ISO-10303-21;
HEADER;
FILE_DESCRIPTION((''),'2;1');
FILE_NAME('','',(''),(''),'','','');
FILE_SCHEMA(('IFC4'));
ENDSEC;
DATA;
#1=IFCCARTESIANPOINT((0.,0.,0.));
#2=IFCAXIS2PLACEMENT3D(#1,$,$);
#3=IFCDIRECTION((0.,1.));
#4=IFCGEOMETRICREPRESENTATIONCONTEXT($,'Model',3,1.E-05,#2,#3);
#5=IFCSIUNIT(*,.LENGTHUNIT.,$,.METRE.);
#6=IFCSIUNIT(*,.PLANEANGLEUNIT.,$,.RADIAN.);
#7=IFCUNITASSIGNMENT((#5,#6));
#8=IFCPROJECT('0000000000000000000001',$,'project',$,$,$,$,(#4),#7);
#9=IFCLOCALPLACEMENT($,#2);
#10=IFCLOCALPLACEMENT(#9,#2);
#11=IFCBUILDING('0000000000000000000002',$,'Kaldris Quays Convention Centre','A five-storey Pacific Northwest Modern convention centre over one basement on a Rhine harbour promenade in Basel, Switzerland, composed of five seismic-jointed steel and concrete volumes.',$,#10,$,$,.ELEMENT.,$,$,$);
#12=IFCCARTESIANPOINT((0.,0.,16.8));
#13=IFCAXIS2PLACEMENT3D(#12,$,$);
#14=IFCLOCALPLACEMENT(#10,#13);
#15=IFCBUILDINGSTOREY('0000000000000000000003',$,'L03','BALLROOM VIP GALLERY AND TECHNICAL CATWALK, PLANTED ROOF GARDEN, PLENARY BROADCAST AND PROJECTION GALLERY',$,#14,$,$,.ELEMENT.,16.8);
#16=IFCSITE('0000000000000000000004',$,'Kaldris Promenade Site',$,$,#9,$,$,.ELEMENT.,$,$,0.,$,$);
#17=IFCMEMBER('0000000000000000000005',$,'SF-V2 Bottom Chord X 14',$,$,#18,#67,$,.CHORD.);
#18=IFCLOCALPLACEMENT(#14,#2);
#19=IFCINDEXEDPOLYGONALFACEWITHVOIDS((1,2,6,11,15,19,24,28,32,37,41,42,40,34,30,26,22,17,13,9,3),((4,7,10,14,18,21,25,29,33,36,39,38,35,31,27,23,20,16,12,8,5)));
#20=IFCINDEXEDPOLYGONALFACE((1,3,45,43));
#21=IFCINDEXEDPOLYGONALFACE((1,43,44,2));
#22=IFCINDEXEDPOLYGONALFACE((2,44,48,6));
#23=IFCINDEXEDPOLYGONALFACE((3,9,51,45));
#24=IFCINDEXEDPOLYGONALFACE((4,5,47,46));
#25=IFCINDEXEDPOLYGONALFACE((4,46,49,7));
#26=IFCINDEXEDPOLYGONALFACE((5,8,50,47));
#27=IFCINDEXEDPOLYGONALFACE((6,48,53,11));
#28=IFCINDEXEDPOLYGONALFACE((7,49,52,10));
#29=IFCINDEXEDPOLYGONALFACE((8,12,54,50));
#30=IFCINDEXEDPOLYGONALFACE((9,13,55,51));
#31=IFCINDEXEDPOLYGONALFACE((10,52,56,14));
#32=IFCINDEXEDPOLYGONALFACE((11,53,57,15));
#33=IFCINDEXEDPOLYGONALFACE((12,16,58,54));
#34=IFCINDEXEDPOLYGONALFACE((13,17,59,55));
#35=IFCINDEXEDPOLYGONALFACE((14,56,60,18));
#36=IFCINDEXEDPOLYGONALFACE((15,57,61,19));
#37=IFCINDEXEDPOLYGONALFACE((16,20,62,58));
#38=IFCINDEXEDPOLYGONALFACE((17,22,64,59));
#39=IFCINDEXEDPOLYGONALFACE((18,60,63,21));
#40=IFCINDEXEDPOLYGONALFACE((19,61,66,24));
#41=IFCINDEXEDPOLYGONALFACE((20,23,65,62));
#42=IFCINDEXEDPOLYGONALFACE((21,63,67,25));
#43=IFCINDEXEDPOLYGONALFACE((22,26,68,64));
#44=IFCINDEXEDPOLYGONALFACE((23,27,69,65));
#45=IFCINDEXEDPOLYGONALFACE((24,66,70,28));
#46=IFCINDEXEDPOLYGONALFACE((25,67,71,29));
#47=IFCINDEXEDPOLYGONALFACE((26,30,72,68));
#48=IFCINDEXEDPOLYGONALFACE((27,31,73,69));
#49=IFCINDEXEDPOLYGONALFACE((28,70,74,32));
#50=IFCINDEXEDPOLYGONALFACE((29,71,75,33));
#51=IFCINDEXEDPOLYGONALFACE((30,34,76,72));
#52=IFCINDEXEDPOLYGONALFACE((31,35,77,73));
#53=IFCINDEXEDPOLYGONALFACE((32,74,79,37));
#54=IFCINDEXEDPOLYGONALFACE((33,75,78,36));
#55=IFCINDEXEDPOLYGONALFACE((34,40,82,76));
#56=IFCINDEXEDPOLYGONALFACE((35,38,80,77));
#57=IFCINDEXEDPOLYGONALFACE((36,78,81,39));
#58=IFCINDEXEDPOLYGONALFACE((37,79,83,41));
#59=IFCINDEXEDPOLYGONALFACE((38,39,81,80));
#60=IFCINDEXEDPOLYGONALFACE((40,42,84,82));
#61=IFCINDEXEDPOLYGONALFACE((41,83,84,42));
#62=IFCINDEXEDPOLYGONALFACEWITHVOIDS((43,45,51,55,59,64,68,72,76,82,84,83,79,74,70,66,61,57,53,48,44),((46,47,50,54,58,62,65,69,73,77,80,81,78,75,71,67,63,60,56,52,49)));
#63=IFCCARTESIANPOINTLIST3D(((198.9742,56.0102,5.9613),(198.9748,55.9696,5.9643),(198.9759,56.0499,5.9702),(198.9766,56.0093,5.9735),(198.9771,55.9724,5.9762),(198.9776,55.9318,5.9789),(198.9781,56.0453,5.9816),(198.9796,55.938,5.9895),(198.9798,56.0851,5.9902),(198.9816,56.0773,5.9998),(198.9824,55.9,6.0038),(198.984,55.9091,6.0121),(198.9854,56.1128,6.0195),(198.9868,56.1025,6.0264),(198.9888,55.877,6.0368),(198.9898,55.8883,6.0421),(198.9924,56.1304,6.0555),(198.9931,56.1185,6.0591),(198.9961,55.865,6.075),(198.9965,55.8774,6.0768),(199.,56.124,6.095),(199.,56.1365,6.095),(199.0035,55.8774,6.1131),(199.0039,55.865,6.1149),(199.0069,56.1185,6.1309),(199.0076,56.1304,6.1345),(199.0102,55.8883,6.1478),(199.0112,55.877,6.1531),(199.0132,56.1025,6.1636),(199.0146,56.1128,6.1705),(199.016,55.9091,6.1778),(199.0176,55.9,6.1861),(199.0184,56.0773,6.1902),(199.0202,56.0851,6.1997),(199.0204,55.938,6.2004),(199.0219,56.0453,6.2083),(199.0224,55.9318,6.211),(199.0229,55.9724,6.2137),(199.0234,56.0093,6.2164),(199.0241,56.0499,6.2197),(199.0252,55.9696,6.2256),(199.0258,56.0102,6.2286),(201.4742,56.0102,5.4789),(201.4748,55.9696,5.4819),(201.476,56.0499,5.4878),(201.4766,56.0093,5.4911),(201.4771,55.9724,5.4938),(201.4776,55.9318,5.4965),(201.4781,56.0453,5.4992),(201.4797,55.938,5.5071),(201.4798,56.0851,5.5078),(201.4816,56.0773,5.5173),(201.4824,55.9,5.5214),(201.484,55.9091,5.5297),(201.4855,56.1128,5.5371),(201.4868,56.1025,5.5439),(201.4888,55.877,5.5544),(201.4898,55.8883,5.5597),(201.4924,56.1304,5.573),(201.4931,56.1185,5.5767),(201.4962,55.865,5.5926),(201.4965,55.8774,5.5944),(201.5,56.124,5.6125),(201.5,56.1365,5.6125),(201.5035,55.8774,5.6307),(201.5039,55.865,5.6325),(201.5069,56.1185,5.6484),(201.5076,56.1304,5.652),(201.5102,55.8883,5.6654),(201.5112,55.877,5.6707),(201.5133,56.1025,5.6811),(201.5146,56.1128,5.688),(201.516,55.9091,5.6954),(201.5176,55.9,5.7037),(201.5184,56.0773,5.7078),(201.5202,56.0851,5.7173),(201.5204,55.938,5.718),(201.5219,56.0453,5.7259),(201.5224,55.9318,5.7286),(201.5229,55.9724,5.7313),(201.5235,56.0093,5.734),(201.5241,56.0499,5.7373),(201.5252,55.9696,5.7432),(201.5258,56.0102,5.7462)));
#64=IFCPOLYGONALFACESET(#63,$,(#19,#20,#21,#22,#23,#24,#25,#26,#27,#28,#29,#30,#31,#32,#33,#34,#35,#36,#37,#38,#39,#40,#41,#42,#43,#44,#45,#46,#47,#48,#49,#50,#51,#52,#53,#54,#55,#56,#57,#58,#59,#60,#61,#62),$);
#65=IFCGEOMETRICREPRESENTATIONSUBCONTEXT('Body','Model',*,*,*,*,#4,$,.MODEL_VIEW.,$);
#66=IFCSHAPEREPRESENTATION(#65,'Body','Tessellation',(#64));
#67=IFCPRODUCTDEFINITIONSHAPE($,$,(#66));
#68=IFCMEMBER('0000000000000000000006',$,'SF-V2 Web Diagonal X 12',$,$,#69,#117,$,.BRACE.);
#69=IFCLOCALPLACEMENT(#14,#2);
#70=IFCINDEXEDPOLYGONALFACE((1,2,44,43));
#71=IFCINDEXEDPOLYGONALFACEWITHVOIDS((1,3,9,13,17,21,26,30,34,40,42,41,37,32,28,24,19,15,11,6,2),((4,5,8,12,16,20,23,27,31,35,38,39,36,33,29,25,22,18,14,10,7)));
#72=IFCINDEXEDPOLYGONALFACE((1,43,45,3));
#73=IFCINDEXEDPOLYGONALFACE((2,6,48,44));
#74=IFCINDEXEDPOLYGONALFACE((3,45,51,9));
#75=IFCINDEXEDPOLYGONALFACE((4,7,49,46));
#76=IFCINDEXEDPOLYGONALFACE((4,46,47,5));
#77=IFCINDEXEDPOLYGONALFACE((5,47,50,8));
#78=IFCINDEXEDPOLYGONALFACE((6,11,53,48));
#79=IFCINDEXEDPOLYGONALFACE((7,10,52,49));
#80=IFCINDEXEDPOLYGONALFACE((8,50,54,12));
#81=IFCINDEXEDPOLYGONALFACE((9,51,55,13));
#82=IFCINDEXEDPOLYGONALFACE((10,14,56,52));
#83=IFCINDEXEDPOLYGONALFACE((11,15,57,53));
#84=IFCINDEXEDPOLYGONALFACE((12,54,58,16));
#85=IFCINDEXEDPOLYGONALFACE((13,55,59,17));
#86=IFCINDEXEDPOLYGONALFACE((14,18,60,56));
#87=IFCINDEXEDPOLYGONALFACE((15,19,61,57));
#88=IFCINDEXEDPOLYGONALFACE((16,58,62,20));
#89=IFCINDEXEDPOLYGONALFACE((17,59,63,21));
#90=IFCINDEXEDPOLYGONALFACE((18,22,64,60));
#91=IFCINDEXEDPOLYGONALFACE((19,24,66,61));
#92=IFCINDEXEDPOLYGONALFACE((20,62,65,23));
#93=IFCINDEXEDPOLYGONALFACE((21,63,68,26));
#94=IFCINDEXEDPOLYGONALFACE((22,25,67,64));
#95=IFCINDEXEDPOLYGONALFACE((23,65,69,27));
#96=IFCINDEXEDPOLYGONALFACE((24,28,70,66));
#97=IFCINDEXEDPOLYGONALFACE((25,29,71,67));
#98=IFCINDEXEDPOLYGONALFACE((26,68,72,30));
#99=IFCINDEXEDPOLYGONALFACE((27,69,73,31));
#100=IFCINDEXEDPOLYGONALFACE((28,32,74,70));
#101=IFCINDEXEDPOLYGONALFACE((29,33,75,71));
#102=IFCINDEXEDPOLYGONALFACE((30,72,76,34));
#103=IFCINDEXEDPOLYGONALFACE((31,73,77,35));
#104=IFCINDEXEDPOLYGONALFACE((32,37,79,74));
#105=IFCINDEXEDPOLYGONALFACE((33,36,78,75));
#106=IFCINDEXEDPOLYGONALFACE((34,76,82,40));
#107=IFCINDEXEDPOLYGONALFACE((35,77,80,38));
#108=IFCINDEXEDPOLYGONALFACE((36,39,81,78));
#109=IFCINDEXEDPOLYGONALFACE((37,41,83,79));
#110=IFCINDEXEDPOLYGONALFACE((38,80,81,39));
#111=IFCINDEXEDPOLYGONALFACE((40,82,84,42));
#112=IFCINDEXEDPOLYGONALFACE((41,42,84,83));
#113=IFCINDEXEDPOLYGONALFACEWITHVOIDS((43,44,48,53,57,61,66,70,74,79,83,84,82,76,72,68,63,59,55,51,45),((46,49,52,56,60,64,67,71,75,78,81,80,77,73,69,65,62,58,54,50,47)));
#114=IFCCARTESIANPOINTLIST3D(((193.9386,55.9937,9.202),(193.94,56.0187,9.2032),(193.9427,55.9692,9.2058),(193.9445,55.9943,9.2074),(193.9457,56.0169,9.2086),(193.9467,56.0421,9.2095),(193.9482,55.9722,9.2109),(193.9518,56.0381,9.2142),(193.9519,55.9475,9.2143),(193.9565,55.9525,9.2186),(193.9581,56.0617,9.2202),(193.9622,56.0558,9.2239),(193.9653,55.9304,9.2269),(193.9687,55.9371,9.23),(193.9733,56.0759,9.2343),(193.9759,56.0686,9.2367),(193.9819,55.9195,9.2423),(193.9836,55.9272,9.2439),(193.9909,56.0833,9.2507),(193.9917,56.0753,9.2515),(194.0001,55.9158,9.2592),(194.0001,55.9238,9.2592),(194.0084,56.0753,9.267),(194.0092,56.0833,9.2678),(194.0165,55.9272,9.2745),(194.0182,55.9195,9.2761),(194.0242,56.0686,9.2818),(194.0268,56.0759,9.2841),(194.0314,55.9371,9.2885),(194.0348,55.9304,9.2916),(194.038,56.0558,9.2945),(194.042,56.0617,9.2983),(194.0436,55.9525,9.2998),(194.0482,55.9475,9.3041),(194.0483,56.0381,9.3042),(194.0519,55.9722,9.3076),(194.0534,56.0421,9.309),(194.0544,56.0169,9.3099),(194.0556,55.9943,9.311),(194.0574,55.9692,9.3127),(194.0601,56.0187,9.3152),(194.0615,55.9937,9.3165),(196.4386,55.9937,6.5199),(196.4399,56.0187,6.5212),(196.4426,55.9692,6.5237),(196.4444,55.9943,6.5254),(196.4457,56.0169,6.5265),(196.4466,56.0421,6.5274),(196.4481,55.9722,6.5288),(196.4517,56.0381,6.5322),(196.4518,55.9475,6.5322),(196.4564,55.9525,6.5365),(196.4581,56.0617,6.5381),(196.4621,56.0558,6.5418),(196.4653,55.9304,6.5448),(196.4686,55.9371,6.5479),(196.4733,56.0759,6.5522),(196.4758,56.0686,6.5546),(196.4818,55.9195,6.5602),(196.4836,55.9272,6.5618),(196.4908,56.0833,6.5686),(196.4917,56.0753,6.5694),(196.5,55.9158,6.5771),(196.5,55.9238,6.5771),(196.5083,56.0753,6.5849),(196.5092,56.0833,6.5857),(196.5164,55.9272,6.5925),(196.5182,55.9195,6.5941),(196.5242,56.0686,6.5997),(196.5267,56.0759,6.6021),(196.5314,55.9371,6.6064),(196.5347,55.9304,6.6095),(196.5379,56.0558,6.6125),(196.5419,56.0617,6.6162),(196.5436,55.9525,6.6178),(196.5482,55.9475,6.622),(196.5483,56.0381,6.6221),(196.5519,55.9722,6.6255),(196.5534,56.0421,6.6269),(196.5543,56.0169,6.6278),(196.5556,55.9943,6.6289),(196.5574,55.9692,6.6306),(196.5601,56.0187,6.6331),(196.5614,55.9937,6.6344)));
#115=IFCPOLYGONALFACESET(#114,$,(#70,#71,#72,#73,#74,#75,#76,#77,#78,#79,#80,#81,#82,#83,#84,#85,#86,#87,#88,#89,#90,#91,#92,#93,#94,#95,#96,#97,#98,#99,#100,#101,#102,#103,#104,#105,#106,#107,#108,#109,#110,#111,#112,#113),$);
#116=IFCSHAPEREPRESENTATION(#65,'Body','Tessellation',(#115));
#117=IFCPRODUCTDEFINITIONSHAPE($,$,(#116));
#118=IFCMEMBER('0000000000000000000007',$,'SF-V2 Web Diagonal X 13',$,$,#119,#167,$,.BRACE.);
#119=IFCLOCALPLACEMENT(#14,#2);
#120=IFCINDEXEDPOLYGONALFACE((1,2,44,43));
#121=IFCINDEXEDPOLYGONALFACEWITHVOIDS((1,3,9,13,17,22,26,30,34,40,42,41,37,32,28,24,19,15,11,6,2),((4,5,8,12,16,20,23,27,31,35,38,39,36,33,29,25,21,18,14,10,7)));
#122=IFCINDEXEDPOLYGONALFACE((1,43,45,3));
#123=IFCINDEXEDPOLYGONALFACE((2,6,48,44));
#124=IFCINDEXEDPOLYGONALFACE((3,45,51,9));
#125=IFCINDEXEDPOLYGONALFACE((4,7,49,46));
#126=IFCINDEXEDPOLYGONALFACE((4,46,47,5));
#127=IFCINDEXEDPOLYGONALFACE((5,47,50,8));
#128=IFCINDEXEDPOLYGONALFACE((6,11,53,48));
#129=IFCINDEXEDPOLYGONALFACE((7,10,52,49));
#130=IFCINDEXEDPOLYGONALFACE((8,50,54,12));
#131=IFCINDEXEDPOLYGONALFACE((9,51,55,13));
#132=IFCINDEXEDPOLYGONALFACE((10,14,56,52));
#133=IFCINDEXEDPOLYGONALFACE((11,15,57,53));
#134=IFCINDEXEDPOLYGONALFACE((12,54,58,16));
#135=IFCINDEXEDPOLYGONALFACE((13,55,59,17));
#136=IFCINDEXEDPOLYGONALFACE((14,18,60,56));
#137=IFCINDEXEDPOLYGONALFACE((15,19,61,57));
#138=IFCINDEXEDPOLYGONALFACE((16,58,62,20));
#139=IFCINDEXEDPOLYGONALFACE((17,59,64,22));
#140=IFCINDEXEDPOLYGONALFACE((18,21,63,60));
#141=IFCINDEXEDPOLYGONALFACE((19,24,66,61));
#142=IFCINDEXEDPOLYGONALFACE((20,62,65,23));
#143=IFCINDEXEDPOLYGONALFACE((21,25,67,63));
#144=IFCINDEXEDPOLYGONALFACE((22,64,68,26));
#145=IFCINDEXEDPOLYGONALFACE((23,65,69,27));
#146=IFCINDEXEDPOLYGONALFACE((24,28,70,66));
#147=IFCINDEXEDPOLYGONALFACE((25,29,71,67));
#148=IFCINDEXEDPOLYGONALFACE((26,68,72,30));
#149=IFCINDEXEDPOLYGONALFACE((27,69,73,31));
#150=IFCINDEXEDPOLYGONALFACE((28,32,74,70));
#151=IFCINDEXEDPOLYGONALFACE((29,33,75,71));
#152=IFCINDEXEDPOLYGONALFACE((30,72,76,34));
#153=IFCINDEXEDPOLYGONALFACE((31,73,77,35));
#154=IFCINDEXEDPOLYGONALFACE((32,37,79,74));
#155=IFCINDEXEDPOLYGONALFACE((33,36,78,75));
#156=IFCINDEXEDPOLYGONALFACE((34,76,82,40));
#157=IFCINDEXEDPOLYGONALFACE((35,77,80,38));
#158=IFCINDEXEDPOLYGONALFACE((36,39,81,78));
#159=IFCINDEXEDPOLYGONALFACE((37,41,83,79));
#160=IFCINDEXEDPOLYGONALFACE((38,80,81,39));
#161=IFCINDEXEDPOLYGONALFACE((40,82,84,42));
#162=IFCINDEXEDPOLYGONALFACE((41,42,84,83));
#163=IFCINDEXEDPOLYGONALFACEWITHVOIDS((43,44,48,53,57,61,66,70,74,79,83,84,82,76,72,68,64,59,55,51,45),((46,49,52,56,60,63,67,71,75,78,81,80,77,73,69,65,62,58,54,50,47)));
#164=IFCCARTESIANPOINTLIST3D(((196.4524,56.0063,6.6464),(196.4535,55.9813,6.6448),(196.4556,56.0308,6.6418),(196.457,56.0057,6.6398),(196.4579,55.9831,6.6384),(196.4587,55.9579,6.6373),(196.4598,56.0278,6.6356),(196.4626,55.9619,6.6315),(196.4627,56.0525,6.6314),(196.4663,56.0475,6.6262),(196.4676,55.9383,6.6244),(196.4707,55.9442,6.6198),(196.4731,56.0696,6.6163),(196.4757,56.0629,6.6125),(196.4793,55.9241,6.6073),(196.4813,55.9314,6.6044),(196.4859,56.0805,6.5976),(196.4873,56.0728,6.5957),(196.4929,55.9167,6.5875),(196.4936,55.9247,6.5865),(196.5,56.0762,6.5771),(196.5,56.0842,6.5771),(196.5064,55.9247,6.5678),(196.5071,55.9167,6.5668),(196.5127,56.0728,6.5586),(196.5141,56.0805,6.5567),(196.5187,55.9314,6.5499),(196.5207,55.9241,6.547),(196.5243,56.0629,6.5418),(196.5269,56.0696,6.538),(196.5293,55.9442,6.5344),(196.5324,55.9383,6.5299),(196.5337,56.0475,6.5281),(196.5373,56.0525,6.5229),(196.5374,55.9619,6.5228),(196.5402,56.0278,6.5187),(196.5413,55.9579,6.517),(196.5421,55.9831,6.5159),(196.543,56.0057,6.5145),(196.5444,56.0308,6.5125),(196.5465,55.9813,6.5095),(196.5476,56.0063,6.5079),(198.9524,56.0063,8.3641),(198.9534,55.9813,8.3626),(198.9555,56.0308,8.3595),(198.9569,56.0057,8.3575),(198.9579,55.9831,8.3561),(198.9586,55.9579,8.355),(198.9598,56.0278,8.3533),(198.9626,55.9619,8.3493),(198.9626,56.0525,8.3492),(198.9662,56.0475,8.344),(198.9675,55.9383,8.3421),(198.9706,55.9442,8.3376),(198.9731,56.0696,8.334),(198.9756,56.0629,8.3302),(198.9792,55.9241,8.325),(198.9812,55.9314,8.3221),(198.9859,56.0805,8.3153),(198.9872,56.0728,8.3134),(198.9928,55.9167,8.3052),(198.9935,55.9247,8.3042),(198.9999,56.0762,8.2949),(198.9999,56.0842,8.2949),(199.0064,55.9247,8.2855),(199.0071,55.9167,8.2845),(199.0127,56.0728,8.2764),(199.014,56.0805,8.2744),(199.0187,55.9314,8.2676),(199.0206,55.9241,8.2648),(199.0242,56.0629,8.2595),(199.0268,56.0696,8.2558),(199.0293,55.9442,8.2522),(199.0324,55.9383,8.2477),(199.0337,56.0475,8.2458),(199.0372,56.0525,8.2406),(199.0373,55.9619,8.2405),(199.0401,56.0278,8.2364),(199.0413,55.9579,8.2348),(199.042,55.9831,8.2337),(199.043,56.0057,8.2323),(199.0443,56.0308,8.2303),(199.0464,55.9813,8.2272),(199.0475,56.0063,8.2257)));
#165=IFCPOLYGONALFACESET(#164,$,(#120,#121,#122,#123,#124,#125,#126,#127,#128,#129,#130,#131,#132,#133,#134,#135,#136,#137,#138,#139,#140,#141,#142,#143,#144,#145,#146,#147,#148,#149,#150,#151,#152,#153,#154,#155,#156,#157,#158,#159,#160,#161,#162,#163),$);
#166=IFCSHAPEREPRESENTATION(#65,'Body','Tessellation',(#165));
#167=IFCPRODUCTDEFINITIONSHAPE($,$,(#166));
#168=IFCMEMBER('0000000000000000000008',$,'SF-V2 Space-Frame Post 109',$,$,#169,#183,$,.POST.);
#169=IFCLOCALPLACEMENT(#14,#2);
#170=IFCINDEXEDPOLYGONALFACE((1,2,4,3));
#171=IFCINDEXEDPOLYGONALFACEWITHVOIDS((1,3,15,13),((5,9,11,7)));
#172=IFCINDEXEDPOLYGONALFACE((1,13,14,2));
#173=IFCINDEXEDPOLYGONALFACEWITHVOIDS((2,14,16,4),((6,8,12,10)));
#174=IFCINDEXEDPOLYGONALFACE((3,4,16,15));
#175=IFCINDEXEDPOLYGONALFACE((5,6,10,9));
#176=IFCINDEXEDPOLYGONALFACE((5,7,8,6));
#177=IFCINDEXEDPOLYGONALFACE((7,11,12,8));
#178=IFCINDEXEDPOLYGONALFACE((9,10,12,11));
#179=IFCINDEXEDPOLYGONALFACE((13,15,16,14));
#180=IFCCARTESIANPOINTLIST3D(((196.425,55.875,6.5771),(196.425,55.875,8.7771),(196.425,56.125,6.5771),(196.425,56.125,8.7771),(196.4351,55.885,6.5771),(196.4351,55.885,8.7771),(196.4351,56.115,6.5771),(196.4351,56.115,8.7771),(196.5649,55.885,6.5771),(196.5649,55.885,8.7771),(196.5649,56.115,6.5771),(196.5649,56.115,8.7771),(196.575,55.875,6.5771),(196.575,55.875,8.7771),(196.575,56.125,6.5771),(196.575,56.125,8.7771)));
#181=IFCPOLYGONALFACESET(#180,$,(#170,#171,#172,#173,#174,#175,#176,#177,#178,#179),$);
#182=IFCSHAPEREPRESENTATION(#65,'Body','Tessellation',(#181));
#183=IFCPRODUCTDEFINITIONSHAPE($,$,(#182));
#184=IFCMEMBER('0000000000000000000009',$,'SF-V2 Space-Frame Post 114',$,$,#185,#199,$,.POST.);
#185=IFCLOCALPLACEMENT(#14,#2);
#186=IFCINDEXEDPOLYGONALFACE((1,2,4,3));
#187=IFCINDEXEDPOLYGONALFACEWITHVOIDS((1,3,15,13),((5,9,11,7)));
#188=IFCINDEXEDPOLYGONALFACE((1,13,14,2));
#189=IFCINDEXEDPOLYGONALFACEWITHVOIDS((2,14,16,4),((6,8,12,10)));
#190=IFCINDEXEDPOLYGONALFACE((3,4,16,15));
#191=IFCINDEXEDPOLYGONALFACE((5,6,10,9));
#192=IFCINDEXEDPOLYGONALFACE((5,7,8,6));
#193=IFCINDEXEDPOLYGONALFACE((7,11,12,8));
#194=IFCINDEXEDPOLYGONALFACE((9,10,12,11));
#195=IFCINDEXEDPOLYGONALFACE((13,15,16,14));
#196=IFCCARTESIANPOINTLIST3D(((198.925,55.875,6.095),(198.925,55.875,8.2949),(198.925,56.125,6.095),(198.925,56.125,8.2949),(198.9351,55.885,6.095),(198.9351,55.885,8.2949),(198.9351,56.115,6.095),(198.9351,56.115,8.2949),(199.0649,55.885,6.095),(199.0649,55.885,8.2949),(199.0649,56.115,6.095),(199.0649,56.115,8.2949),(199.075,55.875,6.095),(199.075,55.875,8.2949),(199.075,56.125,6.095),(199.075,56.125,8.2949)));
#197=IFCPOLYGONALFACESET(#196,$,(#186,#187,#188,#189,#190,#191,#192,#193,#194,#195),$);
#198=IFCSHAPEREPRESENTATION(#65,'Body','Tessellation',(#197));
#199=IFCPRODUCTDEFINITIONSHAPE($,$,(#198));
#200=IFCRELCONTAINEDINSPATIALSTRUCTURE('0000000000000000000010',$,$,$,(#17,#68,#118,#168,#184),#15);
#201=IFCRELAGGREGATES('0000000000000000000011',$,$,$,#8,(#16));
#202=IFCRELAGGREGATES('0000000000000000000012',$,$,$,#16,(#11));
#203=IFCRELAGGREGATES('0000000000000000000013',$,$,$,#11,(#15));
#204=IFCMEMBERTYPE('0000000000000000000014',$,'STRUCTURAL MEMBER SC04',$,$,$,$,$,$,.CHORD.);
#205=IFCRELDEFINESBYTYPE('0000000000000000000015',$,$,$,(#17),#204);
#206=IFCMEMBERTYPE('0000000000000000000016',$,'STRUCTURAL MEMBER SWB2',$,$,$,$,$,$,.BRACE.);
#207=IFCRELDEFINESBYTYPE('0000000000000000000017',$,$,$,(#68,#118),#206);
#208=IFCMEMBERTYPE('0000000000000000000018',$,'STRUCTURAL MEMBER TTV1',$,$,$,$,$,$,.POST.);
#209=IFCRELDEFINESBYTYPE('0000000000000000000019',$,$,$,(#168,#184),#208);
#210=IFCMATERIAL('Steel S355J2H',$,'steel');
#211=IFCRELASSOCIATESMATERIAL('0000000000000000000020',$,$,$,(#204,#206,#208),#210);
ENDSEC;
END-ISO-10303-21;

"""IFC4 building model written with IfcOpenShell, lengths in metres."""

from ifc_helpers import new_model, si_unit, direction, frame, origin, origin_2d, place, context, subcontext, project, spatial, hollow_rectangle, hollow_circle, extrude, material, material_profile, profile_set, type_object, element, save


model = new_model("IFC4")

# Units and contexts
model_context = context("Model", 3, precision=1e-05, world=origin(), true_north=direction((0.0, 1.0)))
body_context = subcontext(model_context, "Body", "Model", "MODEL_VIEW")
ifc_project = project(units=[si_unit("LENGTHUNIT", "METRE"), si_unit("PLANEANGLEUNIT", "RADIAN")], contexts=[model_context])

# Site, building, storey
site_placement = place(None, origin())
site = spatial("IfcSite", under=ifc_project, at=site_placement, Name="Kaldris Promenade Site", CompositionType="ELEMENT", RefElevation=0.0)
building_placement = place(site_placement, origin())
building = spatial("IfcBuilding", under=site, at=building_placement, Name="Kaldris Quays Convention Centre", Description="A five-storey Pacific Northwest Modern convention centre over one basement on a Rhine harbour promenade in Basel, Switzerland, composed of five seismic-jointed steel and concrete volumes.", CompositionType="ELEMENT")
storey_placement = place(building_placement, frame((0.0, 0.0, 16.8)))
storey = spatial("IfcBuildingStorey", under=building, at=storey_placement, Name="L03", Description="BALLROOM VIP GALLERY AND TECHNICAL CATWALK, PLANTED ROOF GARDEN, PLENARY BROADCAST AND PROJECTION GALLERY", CompositionType="ELEMENT", Elevation=16.8)

# Members
ifc_material_1 = material(Name="Steel S355J2H", Category="steel")
ifc_material_profile_1 = material_profile(ifc_material_1, hollow_circle(Radius=0.1365, WallThickness=0.0125, at=origin_2d()), Name="CHS 273x12.5")
ifc_profile_set_1 = profile_set([ifc_material_profile_1], Name="Steel S355J2H")
member_type_1 = type_object("IfcMemberType", Name="STRUCTURAL MEMBER SC04", PredefinedType="CHORD", material=ifc_profile_set_1)
for number, where, z_axis, x_axis, name in (
    (1, (199.0, 56.0, 6.095), (0.981886, 0.0, -0.189473), (0.0, 1.0, 0.0), "SF-V2 Bottom Chord X 14"),
):
    element("IfcMember", number, at=place(storey_placement, frame(where, z_axis=z_axis, x_axis=x_axis)), inside=storey, type_object=member_type_1, Name=name, PredefinedType="CHORD", context=body_context, shape_type="SweptSolid", body=[
        extrude(hollow_circle(Radius=0.1365, WallThickness=0.0125, at=origin_2d()), origin(), (0.0, 0.0, 1.0), 2.5461),
    ])
ifc_material_profile_2 = material_profile(ifc_material_1, hollow_circle(Radius=0.0842, WallThickness=0.0081, at=origin_2d()), Name="CHS 168.3x8")
ifc_profile_set_2 = profile_set([ifc_material_profile_2], Name="Steel S355J2H")
member_type_2 = type_object("IfcMemberType", Name="STRUCTURAL MEMBER SWB2", PredefinedType="BRACE", material=ifc_profile_set_2)
member_1_placement = place(storey_placement, frame((196.5, 56.0, 6.5771), z_axis=(-0.681834, 0.0, 0.731507), x_axis=(0.0, -1.0, 0.0)))
element("IfcMember", 2, at=member_1_placement, inside=storey, type_object=member_type_2, Name="SF-V2 Web Diagonal X 12", PredefinedType="BRACE", context=body_context, shape_type="SweptSolid", body=[
    extrude(hollow_circle(Radius=0.0842, WallThickness=0.0081, at=origin_2d()), origin(), (0.0, 0.0, 1.0), 3.6665),
])
member_2_placement = place(storey_placement, frame((196.5, 56.0, 6.5771), z_axis=(0.824192, 0.0, 0.56631), x_axis=(0.0, 1.0, 0.0)))
element("IfcMember", 3, at=member_2_placement, inside=storey, type_object=member_type_2, Name="SF-V2 Web Diagonal X 13", PredefinedType="BRACE", context=body_context, shape_type="SweptSolid", body=[
    extrude(hollow_circle(Radius=0.0842, WallThickness=0.0081, at=origin_2d()), origin(), (0.0, 0.0, 1.0), 3.0332),
])
ifc_material_profile_3 = material_profile(ifc_material_1, hollow_rectangle(XDim=0.1499, YDim=0.25, WallThickness=0.01, at=origin_2d()), Name="RHS 250x150x10")
ifc_profile_set_3 = profile_set([ifc_material_profile_3], Name="Steel S355J2H")
member_type_3 = type_object("IfcMemberType", Name="STRUCTURAL MEMBER TTV1", PredefinedType="POST", material=ifc_profile_set_3)
for number, where, z_axis, x_axis, name in (
    (4, (196.5, 56.0, 6.5771), (0.0, 0.0, 1.0), (1.0, 0.0, 0.0), "SF-V2 Space-Frame Post 109"),
    (5, (199.0, 56.0, 6.095), (0.0, 0.0, 1.0), (1.0, 0.0, 0.0), "SF-V2 Space-Frame Post 114"),
):
    element("IfcMember", number, at=place(storey_placement, frame(where, z_axis=z_axis, x_axis=x_axis)), inside=storey, type_object=member_type_3, Name=name, PredefinedType="POST", context=body_context, shape_type="SweptSolid", body=[
        extrude(hollow_rectangle(XDim=0.1499, YDim=0.25, WallThickness=0.01, at=origin_2d()), origin(), (0.0, 0.0, 1.0), 2.2),
    ])

save(model, "model.ifc")
